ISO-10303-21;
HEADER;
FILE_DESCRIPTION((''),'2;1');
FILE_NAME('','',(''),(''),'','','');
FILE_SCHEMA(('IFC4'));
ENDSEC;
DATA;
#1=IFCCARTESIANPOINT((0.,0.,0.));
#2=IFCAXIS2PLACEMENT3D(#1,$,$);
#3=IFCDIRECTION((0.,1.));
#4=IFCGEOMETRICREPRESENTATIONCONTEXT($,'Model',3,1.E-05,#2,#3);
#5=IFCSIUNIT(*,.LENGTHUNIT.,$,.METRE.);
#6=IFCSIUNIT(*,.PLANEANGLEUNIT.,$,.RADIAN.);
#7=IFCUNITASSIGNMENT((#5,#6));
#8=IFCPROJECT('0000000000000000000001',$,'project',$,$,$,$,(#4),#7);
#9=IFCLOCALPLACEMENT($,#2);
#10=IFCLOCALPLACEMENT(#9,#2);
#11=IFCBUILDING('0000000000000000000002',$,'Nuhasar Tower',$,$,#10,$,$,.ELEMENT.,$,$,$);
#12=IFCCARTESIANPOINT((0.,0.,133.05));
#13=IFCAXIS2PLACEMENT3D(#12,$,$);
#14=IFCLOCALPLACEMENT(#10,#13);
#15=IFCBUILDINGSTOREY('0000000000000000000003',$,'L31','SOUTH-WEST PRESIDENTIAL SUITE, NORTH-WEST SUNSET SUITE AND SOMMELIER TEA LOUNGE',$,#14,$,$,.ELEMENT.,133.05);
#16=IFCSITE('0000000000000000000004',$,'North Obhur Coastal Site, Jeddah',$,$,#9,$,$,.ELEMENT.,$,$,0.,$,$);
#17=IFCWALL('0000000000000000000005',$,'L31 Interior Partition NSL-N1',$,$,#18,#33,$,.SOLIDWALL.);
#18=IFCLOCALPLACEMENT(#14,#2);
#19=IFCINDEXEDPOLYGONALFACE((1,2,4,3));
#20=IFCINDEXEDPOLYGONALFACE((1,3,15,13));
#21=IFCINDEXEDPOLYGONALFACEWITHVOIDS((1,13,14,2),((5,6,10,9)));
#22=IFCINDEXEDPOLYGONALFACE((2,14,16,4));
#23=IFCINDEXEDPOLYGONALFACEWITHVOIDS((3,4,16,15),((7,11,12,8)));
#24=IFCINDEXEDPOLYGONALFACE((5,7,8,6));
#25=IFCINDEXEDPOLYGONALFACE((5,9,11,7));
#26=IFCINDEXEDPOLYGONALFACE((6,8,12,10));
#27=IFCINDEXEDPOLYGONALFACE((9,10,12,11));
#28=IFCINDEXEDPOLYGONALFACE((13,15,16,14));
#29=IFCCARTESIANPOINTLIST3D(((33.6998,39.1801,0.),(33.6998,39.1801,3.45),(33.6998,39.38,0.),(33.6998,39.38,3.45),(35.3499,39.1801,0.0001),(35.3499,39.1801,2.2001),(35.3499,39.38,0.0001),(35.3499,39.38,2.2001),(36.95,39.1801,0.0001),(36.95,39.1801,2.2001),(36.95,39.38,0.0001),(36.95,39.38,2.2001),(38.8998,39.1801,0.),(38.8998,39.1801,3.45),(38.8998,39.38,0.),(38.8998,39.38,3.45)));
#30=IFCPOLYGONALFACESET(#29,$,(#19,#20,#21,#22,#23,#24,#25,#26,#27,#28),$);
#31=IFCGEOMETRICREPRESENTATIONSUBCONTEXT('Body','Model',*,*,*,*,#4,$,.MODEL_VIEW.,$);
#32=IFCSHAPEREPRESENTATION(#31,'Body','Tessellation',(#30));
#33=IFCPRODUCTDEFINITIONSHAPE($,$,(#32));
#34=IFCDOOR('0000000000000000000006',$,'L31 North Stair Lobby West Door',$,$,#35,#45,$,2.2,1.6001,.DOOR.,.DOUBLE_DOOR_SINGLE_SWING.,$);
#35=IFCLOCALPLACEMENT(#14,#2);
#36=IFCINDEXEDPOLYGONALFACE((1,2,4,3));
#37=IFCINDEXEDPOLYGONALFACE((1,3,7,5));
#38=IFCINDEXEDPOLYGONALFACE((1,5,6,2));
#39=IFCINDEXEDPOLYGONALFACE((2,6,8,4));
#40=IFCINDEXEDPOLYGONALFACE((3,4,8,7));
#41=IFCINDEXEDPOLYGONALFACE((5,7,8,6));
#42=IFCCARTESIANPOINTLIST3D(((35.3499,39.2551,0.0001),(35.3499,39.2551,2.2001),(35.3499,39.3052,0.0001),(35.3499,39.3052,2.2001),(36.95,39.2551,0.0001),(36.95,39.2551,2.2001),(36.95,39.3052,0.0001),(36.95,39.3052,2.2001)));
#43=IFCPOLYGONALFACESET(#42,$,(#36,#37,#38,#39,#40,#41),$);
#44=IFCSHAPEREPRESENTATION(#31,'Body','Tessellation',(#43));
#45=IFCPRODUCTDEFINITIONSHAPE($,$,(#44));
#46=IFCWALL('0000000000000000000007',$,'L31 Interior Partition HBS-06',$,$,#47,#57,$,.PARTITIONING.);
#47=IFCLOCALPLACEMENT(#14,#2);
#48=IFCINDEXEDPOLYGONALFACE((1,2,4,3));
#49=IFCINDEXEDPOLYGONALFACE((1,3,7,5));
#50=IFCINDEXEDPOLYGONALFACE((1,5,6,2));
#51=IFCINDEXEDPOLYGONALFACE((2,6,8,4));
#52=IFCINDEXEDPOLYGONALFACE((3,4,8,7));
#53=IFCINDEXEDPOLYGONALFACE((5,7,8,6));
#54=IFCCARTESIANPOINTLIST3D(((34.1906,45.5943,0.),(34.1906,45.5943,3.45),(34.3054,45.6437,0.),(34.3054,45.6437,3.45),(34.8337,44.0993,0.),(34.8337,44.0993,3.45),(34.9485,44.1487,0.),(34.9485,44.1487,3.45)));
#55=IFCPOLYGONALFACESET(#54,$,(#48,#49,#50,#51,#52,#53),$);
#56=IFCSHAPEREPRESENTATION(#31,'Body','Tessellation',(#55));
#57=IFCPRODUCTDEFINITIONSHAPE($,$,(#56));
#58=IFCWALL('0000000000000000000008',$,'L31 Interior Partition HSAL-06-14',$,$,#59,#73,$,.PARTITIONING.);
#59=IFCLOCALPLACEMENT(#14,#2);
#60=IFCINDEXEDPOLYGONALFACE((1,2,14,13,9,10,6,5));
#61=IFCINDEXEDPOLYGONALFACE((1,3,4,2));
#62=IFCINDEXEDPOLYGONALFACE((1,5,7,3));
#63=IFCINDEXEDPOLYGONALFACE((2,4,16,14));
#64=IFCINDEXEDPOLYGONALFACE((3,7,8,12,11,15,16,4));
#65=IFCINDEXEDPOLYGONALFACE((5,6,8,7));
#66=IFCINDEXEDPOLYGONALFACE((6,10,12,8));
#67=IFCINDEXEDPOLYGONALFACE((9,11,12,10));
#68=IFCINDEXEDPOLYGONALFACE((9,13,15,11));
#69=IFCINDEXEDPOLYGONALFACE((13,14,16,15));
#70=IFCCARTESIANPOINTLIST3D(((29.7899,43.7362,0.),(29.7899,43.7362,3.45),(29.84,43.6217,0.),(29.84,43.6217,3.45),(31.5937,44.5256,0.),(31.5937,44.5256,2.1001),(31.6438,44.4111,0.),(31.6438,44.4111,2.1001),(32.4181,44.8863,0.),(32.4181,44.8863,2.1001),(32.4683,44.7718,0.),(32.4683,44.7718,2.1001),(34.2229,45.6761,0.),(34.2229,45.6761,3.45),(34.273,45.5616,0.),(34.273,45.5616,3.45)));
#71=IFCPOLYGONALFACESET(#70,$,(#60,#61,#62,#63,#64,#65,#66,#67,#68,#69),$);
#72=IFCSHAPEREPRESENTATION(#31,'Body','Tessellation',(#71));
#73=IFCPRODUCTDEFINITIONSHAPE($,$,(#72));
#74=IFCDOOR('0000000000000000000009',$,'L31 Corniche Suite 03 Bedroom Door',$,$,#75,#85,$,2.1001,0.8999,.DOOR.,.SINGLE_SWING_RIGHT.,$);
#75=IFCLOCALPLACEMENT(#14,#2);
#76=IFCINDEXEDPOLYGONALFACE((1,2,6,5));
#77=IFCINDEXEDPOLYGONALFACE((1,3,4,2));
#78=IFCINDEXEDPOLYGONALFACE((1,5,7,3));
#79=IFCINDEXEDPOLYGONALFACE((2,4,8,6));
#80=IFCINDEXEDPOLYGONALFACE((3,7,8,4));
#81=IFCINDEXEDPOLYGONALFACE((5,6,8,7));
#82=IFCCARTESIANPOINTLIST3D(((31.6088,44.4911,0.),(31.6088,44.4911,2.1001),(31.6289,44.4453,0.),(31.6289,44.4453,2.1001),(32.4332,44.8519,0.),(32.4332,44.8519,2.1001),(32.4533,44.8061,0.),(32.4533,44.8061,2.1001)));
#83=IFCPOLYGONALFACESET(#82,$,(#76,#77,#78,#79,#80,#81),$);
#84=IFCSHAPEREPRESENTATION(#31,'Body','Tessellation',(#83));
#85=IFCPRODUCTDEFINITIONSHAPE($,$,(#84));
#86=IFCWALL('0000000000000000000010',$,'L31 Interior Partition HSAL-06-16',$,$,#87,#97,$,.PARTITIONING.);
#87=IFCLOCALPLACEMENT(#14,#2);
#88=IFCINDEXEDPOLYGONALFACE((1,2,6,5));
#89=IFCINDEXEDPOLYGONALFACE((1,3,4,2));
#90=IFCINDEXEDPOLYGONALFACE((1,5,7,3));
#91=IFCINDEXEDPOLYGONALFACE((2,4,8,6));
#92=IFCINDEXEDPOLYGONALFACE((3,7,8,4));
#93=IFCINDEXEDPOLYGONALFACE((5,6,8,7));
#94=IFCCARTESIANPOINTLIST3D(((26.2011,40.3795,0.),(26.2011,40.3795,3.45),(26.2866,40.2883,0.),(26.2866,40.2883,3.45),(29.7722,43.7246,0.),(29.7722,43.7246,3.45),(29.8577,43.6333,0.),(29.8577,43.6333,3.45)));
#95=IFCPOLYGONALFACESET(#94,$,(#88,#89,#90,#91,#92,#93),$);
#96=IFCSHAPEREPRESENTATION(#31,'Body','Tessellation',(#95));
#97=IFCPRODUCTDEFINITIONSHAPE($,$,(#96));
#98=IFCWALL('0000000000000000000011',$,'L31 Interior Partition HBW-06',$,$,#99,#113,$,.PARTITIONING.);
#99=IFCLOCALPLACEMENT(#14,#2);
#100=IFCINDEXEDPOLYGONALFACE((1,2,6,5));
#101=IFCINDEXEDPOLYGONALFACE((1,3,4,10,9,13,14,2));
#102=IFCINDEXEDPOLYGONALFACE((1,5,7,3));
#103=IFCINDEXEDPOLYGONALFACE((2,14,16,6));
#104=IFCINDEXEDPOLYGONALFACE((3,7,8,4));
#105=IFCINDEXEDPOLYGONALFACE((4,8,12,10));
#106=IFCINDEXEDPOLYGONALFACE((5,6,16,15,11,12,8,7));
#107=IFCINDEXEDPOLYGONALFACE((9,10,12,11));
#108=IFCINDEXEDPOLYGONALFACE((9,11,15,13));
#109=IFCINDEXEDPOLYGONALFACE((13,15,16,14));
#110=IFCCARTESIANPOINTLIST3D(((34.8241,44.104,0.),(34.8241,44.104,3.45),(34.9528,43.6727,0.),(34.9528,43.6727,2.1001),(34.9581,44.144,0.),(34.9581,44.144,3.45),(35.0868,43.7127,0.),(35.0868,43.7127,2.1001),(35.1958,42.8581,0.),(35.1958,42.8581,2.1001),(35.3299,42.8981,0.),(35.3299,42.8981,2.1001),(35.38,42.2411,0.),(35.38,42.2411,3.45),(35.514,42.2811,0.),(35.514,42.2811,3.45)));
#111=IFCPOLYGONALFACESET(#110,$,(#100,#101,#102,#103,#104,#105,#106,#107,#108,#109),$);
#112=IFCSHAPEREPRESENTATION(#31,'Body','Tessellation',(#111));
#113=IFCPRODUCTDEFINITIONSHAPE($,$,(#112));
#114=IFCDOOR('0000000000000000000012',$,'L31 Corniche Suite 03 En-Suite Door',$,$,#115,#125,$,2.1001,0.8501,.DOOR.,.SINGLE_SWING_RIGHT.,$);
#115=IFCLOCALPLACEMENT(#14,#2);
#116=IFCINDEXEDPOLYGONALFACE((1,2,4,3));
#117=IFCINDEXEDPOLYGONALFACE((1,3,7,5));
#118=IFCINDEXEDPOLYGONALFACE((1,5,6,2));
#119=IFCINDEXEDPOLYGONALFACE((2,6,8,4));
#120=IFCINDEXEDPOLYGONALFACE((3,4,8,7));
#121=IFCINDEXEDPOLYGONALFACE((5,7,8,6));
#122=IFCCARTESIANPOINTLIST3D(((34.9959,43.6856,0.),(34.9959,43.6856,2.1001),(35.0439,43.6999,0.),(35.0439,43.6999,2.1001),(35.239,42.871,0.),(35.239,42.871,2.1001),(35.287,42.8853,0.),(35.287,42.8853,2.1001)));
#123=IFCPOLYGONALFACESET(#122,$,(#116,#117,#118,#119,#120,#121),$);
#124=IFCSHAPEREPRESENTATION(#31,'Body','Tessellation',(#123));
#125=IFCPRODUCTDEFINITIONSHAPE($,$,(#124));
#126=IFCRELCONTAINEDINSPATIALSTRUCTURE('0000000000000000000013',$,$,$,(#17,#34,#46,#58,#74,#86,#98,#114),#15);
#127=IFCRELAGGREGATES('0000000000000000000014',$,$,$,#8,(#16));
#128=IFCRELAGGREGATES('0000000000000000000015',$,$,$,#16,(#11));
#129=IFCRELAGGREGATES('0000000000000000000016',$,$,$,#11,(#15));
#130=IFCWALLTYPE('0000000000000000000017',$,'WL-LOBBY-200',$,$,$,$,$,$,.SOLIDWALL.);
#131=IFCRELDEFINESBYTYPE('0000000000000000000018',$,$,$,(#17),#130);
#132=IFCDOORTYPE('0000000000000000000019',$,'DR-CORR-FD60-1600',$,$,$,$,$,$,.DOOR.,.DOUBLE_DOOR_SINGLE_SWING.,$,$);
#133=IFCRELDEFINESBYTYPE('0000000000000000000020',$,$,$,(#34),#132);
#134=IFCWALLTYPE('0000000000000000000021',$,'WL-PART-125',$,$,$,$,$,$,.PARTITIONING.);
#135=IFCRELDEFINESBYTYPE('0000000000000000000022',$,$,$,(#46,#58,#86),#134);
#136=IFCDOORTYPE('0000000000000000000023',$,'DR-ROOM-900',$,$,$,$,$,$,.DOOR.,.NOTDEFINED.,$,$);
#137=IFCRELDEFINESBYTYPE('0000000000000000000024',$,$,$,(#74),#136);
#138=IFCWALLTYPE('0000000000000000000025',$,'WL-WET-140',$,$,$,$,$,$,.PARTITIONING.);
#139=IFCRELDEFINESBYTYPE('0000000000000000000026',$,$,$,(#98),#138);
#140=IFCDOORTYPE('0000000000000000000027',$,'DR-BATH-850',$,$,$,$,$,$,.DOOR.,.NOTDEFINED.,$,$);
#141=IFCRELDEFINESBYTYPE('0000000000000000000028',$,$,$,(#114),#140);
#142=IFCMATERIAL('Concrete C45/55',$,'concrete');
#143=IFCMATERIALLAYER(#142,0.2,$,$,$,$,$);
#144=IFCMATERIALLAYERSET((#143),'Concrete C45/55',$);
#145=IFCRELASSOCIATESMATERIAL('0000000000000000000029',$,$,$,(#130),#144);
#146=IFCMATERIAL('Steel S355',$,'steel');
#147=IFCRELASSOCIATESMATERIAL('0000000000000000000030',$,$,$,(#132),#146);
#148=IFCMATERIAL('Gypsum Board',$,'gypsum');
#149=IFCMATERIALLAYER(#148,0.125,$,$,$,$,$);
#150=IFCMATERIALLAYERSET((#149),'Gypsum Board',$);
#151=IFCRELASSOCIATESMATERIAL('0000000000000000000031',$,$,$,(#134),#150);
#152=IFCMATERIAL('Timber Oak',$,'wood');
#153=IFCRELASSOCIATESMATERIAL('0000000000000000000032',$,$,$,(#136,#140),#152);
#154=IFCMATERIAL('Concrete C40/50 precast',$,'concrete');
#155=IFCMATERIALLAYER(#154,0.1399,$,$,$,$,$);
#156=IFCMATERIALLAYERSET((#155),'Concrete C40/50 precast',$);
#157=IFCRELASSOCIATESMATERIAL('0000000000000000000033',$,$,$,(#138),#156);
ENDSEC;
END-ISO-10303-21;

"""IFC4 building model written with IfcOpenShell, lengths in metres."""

from ifc_helpers import new_model, si_unit, direction, frame, frame_2d, origin, place, context, subcontext, project, spatial, rectangle, extrude, material, layer, layer_set, type_object, element, fill, save


model = new_model("IFC4")

# Units and contexts
model_context = context("Model", 3, precision=1e-05, world=origin(), true_north=direction((0.0, 1.0)))
body_context = subcontext(model_context, "Body", "Model", "MODEL_VIEW")
ifc_project = project(units=[si_unit("LENGTHUNIT", "METRE"), si_unit("PLANEANGLEUNIT", "RADIAN")], contexts=[model_context])

# Site, building, storey
site_placement = place(None, origin())
site = spatial("IfcSite", under=ifc_project, at=site_placement, Name="North Obhur Coastal Site, Jeddah", CompositionType="ELEMENT", RefElevation=0.0)
building_placement = place(site_placement, origin())
building = spatial("IfcBuilding", under=site, at=building_placement, Name="Nuhasar Tower", CompositionType="ELEMENT")
storey_placement = place(building_placement, frame((0.0, 0.0, 133.05)))
storey = spatial("IfcBuildingStorey", under=building, at=storey_placement, Name="L31", Description="SOUTH-WEST PRESIDENTIAL SUITE, NORTH-WEST SUNSET SUITE AND SOMMELIER TEA LOUNGE", CompositionType="ELEMENT", Elevation=133.05)

# Shared definitions
ifc_material_1 = material(Name="Steel S355", Category="steel")

# Shared definitions
ifc_material_2 = material(Name="Gypsum Board", Category="gypsum")
ifc_material_3 = material(Name="Timber Oak", Category="wood")

# Shared definitions
ifc_material_4 = material(Name="Concrete C45/55", Category="concrete")
ifc_layer_1 = layer(ifc_material_4, 0.2)
ifc_layer_set_1 = layer_set([ifc_layer_1], Name="Concrete C45/55")
wall_type_1 = type_object("IfcWallType", Name="WL-LOBBY-200", PredefinedType="SOLIDWALL", material=ifc_layer_set_1)

# Wall, opening, door
wall_1_placement = place(storey_placement, frame((38.8999, 39.28, 0.0), z_axis=(0.0, 0.0, 1.0), x_axis=(-1.0, 0.0, 0.0)))
wall_1 = element("IfcWall", 1, at=wall_1_placement, inside=storey, type_object=wall_type_1, Name="L31 Interior Partition NSL-N1", PredefinedType="SOLIDWALL", context=body_context, shape_type="SweptSolid", body=[
    extrude(rectangle(XDim=5.2, YDim=0.2, at=frame_2d((2.6001, 0.0))), origin(), (0.0, 0.0, 1.0), 3.45),
])
opening_1_placement = place(wall_1_placement, frame((1.95, 0.0, 0.0)))
opening_1 = element("IfcOpeningElement", 2, at=opening_1_placement, cuts=wall_1, PredefinedType="OPENING", context=body_context, shape_type="SweptSolid", body=[
    extrude(rectangle(XDim=1.6001, YDim=2.2, at=frame_2d((0.8, 1.1001))), frame((0.0, 0.1099, 0.0), z_axis=(0.0, -1.0, 0.0), x_axis=(1.0, 0.0, 0.0)), (0.0, 0.0, 1.0), 0.22),
])
door_type_1 = type_object("IfcDoorType", Name="DR-CORR-FD60-1600", OperationType="DOUBLE_DOOR_SINGLE_SWING", PredefinedType="DOOR", material=ifc_material_1)
door_1_placement = place(opening_1_placement, origin())
door_1 = element("IfcDoor", 3, at=door_1_placement, inside=storey, type_object=door_type_1, Name="L31 North Stair Lobby West Door", OperationType="DOUBLE_DOOR_SINGLE_SWING", OverallHeight=2.2, OverallWidth=1.6001, PredefinedType="DOOR", context=body_context, shape_type="SweptSolid", body=[
    extrude(rectangle(XDim=1.6001, YDim=2.2, at=frame_2d((0.8, 1.1001))), frame((0.0, 0.0249, 0.0), z_axis=(0.0, -1.0, 0.0), x_axis=(1.0, 0.0, 0.0)), (0.0, 0.0, 1.0), 0.05),
])
fill(opening_1, door_1)

# Wall
ifc_layer_2 = layer(ifc_material_2, 0.125)
ifc_layer_set_2 = layer_set([ifc_layer_2], Name="Gypsum Board")
wall_type_2 = type_object("IfcWallType", Name="WL-PART-125", PredefinedType="PARTITIONING", material=ifc_layer_set_2)
wall_2_placement = place(storey_placement, frame((34.8911, 44.124, 0.0), z_axis=(0.0, 0.0, 1.0), x_axis=(-0.395168, 0.918609, 0.0)))
element("IfcWall", 4, at=wall_2_placement, inside=storey, type_object=wall_type_2, Name="L31 Interior Partition HBS-06", PredefinedType="PARTITIONING", context=body_context, shape_type="SweptSolid", body=[
    extrude(rectangle(XDim=1.6274, YDim=0.125, at=frame_2d((0.8137, 0.0))), origin(), (0.0, 0.0, 1.0), 3.45),
])

# Wall, opening, door
wall_3_placement = place(storey_placement, frame((29.8149, 43.679, 0.0), z_axis=(0.0, 0.0, 1.0), x_axis=(0.916123, 0.400898, 0.0)))
wall_3 = element("IfcWall", 5, at=wall_3_placement, inside=storey, type_object=wall_type_2, Name="L31 Interior Partition HSAL-06-14", PredefinedType="PARTITIONING", context=body_context, shape_type="SweptSolid", body=[
    extrude(rectangle(XDim=4.8389, YDim=0.125, at=frame_2d((2.4194, 0.0))), origin(), (0.0, 0.0, 1.0), 3.45),
])
opening_2_placement = place(wall_3_placement, frame((1.969, 0.0, 0.0)))
opening_2 = element("IfcOpeningElement", 6, at=opening_2_placement, cuts=wall_3, PredefinedType="OPENING", context=body_context, shape_type="SweptSolid", body=[
    extrude(rectangle(XDim=0.8999, YDim=2.1001, at=frame_2d((0.45, 1.05))), frame((0.0, 0.0725, 0.0), z_axis=(0.0, -1.0, 0.0), x_axis=(1.0, 0.0, 0.0)), (0.0, 0.0, 1.0), 0.145),
])
door_type_2 = type_object("IfcDoorType", Name="DR-ROOM-900", OperationType="NOTDEFINED", PredefinedType="DOOR", material=ifc_material_3)
door_2_placement = place(opening_2_placement, origin())
door_2 = element("IfcDoor", 7, at=door_2_placement, inside=storey, type_object=door_type_2, Name="L31 Corniche Suite 03 Bedroom Door", OperationType="SINGLE_SWING_RIGHT", OverallHeight=2.1001, OverallWidth=0.8999, PredefinedType="DOOR", context=body_context, shape_type="SweptSolid", body=[
    extrude(rectangle(XDim=0.8999, YDim=2.1001, at=frame_2d((0.45, 1.05))), frame((0.0, 0.0249, 0.0), z_axis=(0.0, -1.0, 0.0), x_axis=(1.0, 0.0, 0.0)), (0.0, 0.0, 1.0), 0.05),
])
fill(opening_2, door_2)

# Wall
wall_4_placement = place(storey_placement, frame((29.8149, 43.679, 0.0), z_axis=(0.0, 0.0, 1.0), x_axis=(-0.729831, -0.683627, 0.0)))
element("IfcWall", 8, at=wall_4_placement, inside=storey, type_object=wall_type_2, Name="L31 Interior Partition HSAL-06-16", PredefinedType="PARTITIONING", context=body_context, shape_type="SweptSolid", body=[
    extrude(rectangle(XDim=4.8931, YDim=0.125, at=frame_2d((2.4465, 0.0))), origin(), (0.0, 0.0, 1.0), 3.45),
])

# Wall, opening, door
ifc_material_5 = material(Name="Concrete C40/50 precast", Category="concrete")
ifc_layer_3 = layer(ifc_material_5, 0.1399)
ifc_layer_set_3 = layer_set([ifc_layer_3], Name="Concrete C40/50 precast")
wall_type_3 = type_object("IfcWallType", Name="WL-WET-140", PredefinedType="PARTITIONING", material=ifc_layer_set_3)
wall_5_placement = place(storey_placement, frame((35.447, 42.261, 0.0), z_axis=(0.0, 0.0, 1.0), x_axis=(-0.285931, 0.95825, 0.0)))
wall_5 = element("IfcWall", 9, at=wall_5_placement, inside=storey, type_object=wall_type_3, Name="L31 Interior Partition HBW-06", PredefinedType="PARTITIONING", context=body_context, shape_type="SweptSolid", body=[
    extrude(rectangle(XDim=1.9441, YDim=0.1399, at=frame_2d((0.9722, 0.0))), origin(), (0.0, 0.0, 1.0), 3.45),
])
opening_3_placement = place(wall_5_placement, frame((0.644, 0.0, 0.0)))
opening_3 = element("IfcOpeningElement", 10, at=opening_3_placement, cuts=wall_5, PredefinedType="OPENING", context=body_context, shape_type="SweptSolid", body=[
    extrude(rectangle(XDim=0.8501, YDim=2.1001, at=frame_2d((0.425, 1.05))), frame((0.0, 0.0801, 0.0), z_axis=(0.0, -1.0, 0.0), x_axis=(1.0, 0.0, 0.0)), (0.0, 0.0, 1.0), 0.1599),
])
door_type_3 = type_object("IfcDoorType", Name="DR-BATH-850", OperationType="NOTDEFINED", PredefinedType="DOOR", material=ifc_material_3)
door_3_placement = place(opening_3_placement, origin())
door_3 = element("IfcDoor", 11, at=door_3_placement, inside=storey, type_object=door_type_3, Name="L31 Corniche Suite 03 En-Suite Door", OperationType="SINGLE_SWING_RIGHT", OverallHeight=2.1001, OverallWidth=0.8501, PredefinedType="DOOR", context=body_context, shape_type="SweptSolid", body=[
    extrude(rectangle(XDim=0.8501, YDim=2.1001, at=frame_2d((0.425, 1.05))), frame((0.0, 0.0249, 0.0), z_axis=(0.0, -1.0, 0.0), x_axis=(1.0, 0.0, 0.0)), (0.0, 0.0, 1.0), 0.05),
])
fill(opening_3, door_3)

save(model, "model.ifc")
